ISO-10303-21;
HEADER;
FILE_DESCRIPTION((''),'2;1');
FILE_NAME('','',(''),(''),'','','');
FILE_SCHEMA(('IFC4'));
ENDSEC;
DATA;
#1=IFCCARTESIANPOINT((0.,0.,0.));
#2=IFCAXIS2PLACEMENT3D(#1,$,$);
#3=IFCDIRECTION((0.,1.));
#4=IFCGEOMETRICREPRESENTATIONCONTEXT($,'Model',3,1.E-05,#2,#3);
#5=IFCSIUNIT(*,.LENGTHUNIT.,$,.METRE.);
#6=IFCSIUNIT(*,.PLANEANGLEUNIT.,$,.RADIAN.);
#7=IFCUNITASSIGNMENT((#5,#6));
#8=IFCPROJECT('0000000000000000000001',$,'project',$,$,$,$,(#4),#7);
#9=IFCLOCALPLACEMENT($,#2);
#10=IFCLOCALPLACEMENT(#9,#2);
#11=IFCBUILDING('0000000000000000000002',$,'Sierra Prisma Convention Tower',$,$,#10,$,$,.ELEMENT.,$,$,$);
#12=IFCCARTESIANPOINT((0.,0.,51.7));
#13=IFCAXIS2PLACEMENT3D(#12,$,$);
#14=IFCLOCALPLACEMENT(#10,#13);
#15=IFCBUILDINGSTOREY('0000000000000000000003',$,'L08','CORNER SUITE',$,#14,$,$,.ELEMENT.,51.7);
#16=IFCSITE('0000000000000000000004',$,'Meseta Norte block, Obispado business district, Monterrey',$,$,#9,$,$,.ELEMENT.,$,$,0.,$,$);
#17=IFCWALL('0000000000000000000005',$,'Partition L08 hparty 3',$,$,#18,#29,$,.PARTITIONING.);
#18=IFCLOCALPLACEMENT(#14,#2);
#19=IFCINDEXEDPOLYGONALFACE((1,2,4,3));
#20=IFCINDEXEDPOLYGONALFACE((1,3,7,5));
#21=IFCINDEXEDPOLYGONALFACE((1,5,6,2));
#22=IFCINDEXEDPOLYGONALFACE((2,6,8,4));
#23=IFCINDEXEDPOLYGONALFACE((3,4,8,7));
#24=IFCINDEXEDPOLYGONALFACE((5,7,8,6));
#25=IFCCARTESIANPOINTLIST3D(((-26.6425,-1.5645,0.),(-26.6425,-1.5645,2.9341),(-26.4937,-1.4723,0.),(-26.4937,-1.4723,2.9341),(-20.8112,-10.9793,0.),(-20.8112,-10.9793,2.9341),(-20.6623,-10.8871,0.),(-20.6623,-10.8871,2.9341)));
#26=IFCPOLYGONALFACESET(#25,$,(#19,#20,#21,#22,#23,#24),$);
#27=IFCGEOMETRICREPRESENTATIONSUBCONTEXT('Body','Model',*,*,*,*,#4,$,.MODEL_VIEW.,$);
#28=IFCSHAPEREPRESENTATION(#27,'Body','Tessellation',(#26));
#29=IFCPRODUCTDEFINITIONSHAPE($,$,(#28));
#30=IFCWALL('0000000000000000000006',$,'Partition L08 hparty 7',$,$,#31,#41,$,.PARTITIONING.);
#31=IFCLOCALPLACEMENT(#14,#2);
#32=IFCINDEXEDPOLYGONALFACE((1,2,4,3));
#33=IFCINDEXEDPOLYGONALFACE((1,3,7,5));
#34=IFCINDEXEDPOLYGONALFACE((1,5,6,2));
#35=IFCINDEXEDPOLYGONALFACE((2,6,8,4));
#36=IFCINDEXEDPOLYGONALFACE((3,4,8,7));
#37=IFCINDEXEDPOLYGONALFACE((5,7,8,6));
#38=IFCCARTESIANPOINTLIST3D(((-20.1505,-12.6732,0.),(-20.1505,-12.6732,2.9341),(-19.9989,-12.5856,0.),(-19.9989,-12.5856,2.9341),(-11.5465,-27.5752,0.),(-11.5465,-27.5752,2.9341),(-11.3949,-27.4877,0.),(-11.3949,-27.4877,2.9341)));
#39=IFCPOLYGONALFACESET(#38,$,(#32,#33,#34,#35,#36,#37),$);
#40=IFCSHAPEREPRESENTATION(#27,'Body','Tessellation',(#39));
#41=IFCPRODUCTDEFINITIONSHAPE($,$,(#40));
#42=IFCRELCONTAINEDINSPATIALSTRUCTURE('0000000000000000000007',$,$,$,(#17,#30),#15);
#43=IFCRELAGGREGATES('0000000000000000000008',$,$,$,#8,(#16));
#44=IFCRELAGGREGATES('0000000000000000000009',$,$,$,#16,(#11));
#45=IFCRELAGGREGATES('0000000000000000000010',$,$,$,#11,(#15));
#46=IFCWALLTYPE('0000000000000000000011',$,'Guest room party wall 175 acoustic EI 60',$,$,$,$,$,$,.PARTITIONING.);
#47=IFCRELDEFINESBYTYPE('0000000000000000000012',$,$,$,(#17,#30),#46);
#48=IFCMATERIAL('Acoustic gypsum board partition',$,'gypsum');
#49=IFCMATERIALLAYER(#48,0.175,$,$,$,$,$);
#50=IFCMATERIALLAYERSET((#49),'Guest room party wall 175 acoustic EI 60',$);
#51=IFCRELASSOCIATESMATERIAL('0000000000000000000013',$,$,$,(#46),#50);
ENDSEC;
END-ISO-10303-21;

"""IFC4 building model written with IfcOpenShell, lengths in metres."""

from ifc_helpers import new_model, si_unit, direction, frame, frame_2d, origin, place, context, subcontext, project, spatial, rectangle, extrude, material, layer, layer_set, type_object, element, save


model = new_model("IFC4")

# Units and contexts
model_context = context("Model", 3, precision=1e-05, world=origin(), true_north=direction((0.0, 1.0)))
body_context = subcontext(model_context, "Body", "Model", "MODEL_VIEW")
ifc_project = project(units=[si_unit("LENGTHUNIT", "METRE"), si_unit("PLANEANGLEUNIT", "RADIAN")], contexts=[model_context])

# Site, building, storey
site_placement = place(None, origin())
site = spatial("IfcSite", under=ifc_project, at=site_placement, Name="Meseta Norte block, Obispado business district, Monterrey", CompositionType="ELEMENT", RefElevation=0.0)
building_placement = place(site_placement, origin())
building = spatial("IfcBuilding", under=site, at=building_placement, Name="Sierra Prisma Convention Tower", CompositionType="ELEMENT")
storey_placement = place(building_placement, frame((0.0, 0.0, 51.7)))
storey = spatial("IfcBuildingStorey", under=building, at=storey_placement, Name="L08", Description="CORNER SUITE", CompositionType="ELEMENT", Elevation=51.7)

# Walls
ifc_material_1 = material(Name="Acoustic gypsum board partition", Category="gypsum")
ifc_layer_1 = layer(ifc_material_1, 0.175)
ifc_layer_set_1 = layer_set([ifc_layer_1], Name="Guest room party wall 175 acoustic EI 60")
wall_type_1 = type_object("IfcWallType", Name="Guest room party wall 175 acoustic EI 60", PredefinedType="PARTITIONING", material=ifc_layer_set_1)
wall_1_placement = place(storey_placement, frame((-20.7368, -10.9331, 0.0), z_axis=(0.0, 0.0, 1.0), x_axis=(-0.526556, 0.85014, 0.0)))
element("IfcWall", 1, at=wall_1_placement, inside=storey, type_object=wall_type_1, Name="Partition L08 hparty 3", PredefinedType="PARTITIONING", context=body_context, shape_type="SweptSolid", body=[
    extrude(rectangle(XDim=11.0745, YDim=0.175, at=frame_2d((5.5371, 0.0))), origin(), (0.0, 0.0, 1.0), 2.9341),
])
wall_2_placement = place(storey_placement, frame((-20.0747, -12.6294, 0.0), z_axis=(0.0, 0.0, 1.0), x_axis=(0.500012, -0.866019, 0.0)))
element("IfcWall", 2, at=wall_2_placement, inside=storey, type_object=wall_type_1, Name="Partition L08 hparty 7", PredefinedType="PARTITIONING", context=body_context, shape_type="SweptSolid", body=[
    extrude(rectangle(XDim=17.2075, YDim=0.175, at=frame_2d((8.6038, 0.0))), origin(), (0.0, 0.0, 1.0), 2.9341),
])

save(model, "model.ifc")
